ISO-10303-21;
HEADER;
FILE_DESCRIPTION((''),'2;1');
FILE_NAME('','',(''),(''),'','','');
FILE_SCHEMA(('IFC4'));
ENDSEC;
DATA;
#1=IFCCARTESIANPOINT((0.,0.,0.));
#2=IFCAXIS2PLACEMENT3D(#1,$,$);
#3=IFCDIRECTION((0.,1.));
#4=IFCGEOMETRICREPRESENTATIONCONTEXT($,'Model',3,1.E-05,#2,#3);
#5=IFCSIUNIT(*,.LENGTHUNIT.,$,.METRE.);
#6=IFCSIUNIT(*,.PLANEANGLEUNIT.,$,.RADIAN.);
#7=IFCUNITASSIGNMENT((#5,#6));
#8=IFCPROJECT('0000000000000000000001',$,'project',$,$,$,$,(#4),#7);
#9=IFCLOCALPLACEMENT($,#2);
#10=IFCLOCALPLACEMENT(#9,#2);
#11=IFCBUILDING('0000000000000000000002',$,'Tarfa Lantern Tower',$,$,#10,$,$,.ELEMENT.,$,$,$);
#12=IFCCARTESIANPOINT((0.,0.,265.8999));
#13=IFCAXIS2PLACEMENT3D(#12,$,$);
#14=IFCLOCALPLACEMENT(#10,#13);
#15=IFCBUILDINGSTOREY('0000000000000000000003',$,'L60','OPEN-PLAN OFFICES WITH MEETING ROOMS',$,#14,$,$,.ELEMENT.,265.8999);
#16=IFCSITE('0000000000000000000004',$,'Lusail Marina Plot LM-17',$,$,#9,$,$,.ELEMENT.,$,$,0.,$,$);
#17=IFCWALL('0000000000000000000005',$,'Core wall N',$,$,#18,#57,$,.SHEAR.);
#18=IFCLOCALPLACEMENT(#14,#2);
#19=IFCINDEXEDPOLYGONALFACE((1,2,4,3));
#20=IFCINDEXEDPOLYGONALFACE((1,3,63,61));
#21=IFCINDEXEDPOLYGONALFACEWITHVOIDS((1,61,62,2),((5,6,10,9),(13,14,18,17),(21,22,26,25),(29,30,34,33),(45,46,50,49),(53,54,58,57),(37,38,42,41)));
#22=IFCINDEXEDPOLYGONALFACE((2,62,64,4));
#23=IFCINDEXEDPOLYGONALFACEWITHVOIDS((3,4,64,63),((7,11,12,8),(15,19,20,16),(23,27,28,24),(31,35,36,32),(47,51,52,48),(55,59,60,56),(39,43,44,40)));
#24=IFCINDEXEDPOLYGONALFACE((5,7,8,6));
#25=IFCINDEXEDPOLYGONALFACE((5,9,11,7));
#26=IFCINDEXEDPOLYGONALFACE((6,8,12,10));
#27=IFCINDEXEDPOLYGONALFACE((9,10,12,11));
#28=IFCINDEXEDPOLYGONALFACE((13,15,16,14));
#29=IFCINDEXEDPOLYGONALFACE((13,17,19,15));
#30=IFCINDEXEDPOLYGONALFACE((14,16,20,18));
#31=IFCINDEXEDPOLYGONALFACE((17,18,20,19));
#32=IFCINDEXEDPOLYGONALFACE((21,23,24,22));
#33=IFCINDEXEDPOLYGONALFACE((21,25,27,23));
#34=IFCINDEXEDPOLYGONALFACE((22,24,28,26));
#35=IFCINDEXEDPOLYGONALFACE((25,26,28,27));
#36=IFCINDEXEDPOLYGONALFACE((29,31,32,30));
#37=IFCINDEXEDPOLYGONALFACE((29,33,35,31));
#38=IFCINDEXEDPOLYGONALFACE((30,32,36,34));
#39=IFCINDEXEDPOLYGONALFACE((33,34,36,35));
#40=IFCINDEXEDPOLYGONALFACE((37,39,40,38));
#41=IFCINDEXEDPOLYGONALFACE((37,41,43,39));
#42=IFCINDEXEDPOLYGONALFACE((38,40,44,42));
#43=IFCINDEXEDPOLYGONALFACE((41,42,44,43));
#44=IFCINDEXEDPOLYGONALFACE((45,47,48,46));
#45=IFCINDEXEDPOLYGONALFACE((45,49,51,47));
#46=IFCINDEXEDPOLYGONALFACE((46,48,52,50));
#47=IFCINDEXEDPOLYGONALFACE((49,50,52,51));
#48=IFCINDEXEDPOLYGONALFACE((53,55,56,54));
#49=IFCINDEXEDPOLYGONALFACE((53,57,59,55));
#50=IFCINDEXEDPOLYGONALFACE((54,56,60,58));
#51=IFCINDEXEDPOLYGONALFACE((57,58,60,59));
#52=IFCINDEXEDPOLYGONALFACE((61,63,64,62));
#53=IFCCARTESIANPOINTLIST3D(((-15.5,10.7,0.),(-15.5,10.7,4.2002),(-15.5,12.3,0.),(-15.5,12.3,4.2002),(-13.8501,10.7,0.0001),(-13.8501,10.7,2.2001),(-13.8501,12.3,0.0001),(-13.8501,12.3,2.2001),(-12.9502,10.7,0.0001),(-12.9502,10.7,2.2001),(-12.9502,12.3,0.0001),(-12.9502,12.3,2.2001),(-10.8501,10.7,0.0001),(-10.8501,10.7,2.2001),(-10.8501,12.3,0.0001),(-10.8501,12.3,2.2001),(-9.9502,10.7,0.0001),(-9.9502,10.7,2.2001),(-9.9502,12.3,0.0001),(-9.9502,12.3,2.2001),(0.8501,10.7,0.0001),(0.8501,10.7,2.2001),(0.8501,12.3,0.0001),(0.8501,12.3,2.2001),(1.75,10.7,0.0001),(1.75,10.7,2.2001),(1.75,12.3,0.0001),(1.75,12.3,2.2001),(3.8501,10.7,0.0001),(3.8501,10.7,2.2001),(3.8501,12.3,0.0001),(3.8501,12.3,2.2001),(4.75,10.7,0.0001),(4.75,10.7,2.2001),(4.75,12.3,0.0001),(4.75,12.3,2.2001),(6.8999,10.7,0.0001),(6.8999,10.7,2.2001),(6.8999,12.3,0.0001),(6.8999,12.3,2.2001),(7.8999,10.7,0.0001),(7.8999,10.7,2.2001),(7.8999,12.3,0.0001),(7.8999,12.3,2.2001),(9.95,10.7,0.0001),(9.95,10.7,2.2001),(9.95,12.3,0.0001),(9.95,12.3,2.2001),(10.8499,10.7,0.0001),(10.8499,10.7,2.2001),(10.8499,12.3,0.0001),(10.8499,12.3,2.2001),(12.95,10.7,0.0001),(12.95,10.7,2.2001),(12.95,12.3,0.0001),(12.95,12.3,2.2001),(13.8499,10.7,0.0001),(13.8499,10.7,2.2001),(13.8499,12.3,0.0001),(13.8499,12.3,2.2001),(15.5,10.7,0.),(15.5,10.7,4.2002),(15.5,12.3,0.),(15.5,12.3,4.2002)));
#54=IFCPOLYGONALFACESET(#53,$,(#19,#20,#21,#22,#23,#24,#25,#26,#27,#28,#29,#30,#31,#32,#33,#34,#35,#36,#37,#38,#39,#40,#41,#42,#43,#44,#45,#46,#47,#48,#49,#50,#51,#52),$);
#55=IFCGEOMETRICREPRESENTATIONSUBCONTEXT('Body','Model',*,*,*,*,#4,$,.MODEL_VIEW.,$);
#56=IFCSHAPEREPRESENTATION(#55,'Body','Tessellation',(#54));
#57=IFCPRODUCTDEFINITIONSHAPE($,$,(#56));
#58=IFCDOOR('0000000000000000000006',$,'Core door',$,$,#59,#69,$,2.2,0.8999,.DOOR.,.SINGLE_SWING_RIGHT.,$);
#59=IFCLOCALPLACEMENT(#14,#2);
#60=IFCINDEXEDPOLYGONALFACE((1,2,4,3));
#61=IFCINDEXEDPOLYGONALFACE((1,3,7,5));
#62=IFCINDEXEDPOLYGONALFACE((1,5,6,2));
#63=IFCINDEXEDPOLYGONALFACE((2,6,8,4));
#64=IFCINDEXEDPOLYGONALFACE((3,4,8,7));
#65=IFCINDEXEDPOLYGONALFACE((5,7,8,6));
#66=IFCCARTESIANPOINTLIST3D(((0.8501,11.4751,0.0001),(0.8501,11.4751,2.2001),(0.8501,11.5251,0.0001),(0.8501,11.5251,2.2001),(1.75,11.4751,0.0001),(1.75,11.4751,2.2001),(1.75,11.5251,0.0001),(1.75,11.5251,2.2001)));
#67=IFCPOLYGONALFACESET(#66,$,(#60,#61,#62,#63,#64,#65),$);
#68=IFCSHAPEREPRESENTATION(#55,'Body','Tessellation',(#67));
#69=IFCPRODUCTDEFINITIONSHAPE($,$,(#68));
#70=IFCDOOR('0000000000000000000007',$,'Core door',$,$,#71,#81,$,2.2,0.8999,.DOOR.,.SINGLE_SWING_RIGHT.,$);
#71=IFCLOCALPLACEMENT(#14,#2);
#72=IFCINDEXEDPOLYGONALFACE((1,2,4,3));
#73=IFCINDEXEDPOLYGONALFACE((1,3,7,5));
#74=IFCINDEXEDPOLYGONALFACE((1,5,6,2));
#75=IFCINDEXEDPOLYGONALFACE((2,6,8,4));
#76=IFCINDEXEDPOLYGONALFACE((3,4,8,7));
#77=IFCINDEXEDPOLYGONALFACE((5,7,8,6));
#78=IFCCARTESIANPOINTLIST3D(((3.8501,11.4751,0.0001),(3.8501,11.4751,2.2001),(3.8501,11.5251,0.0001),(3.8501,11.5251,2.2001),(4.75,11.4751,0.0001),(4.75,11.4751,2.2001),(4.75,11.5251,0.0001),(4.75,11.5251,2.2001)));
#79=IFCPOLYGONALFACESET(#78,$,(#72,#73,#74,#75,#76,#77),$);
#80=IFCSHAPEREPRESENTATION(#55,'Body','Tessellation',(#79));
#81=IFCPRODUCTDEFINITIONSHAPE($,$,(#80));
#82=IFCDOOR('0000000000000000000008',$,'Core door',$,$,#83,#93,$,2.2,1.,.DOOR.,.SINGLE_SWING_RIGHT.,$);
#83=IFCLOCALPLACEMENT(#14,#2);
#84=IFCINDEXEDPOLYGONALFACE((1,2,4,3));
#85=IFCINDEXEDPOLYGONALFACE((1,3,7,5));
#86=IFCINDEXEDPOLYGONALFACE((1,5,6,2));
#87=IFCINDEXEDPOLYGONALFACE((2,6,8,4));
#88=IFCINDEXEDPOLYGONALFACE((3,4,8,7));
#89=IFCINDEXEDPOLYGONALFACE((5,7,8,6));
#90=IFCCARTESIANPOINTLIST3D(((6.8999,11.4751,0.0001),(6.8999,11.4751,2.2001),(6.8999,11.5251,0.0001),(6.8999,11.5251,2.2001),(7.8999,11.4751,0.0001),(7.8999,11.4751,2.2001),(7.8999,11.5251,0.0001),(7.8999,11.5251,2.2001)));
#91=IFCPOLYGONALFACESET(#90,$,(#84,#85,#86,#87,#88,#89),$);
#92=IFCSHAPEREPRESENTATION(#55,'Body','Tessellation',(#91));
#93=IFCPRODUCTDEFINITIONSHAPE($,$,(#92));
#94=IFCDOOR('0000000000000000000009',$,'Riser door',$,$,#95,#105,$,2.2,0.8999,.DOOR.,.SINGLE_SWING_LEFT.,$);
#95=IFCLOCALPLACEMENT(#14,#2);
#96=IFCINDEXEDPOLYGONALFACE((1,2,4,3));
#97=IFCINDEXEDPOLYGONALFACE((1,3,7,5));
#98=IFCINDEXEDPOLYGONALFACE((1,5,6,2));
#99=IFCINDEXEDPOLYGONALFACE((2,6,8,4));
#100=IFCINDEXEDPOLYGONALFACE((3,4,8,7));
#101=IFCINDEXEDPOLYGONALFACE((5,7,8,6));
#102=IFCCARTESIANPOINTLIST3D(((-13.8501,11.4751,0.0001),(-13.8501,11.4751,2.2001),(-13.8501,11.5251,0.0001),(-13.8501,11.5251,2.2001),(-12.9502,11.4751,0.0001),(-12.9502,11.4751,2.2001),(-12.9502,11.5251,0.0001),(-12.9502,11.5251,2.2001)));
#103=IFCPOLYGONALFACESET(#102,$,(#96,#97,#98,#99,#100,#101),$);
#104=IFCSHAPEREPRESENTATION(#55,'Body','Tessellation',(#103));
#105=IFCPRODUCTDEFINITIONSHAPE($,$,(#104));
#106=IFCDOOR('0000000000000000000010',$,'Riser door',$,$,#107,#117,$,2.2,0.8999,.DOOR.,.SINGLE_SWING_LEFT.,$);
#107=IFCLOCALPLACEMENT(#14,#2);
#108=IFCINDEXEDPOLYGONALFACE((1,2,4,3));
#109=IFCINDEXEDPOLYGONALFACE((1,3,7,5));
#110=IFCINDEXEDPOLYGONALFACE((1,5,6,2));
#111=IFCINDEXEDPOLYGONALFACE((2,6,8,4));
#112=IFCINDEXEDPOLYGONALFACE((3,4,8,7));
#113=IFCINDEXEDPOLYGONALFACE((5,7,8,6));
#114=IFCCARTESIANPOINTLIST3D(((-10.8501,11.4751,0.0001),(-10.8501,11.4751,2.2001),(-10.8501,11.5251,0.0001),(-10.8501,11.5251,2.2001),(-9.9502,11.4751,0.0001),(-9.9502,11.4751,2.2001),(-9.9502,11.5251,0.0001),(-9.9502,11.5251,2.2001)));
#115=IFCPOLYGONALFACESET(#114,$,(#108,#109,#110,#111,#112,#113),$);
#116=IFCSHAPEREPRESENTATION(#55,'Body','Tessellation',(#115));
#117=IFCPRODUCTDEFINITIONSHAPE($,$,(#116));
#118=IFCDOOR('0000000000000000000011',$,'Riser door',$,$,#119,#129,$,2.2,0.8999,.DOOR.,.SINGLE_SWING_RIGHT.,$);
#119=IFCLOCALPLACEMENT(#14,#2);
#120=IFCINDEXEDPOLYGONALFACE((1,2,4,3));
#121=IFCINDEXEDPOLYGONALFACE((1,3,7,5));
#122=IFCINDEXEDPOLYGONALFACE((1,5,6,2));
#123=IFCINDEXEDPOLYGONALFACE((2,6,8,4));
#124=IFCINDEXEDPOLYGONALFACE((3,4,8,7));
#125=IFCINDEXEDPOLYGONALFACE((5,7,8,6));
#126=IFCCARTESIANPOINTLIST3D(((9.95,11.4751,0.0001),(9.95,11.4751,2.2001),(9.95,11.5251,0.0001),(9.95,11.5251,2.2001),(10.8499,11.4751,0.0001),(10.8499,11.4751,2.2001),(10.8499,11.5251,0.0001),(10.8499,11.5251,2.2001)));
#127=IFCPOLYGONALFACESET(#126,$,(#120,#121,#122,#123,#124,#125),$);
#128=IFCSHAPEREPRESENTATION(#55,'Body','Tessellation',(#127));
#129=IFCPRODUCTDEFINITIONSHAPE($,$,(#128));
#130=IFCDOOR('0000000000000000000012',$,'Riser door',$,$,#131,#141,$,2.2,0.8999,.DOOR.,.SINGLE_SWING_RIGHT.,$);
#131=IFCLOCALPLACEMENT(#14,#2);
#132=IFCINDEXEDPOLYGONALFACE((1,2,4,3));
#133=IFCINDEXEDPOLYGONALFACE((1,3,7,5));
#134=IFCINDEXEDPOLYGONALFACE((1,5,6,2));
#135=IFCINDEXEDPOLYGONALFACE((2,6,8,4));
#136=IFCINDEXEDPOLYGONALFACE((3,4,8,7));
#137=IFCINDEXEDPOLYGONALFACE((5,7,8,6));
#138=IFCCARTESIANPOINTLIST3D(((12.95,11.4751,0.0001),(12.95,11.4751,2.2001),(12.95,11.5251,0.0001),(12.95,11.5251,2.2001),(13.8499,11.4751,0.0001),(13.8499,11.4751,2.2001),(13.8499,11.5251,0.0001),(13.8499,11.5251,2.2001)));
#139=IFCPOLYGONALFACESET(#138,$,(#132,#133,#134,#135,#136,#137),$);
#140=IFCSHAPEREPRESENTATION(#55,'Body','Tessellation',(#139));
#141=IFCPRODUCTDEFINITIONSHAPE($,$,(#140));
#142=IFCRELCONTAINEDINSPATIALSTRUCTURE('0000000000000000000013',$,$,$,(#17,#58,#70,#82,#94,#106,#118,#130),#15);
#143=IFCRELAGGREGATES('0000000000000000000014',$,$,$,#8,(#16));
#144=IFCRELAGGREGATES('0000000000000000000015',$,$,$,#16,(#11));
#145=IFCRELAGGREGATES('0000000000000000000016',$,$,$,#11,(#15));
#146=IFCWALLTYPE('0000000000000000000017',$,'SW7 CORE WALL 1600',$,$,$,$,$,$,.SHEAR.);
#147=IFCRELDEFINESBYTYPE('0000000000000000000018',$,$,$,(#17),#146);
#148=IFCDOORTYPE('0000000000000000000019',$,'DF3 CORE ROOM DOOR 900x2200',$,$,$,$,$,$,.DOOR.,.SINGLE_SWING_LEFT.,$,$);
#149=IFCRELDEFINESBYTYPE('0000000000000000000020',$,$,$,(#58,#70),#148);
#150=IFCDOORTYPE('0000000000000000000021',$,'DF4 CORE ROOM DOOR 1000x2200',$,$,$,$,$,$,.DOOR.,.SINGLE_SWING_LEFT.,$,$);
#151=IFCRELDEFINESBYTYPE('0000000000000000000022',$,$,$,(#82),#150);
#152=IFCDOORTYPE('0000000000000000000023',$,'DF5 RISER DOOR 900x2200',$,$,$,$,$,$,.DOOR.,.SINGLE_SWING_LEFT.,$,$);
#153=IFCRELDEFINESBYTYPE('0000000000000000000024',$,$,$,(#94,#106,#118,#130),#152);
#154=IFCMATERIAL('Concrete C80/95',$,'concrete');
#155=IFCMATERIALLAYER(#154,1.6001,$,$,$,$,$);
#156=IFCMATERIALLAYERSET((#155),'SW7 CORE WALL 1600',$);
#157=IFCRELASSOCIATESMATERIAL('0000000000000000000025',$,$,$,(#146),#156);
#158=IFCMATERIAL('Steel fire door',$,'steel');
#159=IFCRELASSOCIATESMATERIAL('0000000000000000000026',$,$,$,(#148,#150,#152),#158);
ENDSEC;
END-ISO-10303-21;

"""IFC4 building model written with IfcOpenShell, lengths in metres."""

from ifc_helpers import new_model, si_unit, direction, frame, frame_2d, origin, place, context, subcontext, project, spatial, rectangle, extrude, material, layer, layer_set, type_object, element, fill, save


model = new_model("IFC4")

# Units and contexts
model_context = context("Model", 3, precision=1e-05, world=origin(), true_north=direction((0.0, 1.0)))
body_context = subcontext(model_context, "Body", "Model", "MODEL_VIEW")
ifc_project = project(units=[si_unit("LENGTHUNIT", "METRE"), si_unit("PLANEANGLEUNIT", "RADIAN")], contexts=[model_context])

# Site, building, storey
site_placement = place(None, origin())
site = spatial("IfcSite", under=ifc_project, at=site_placement, Name="Lusail Marina Plot LM-17", CompositionType="ELEMENT", RefElevation=0.0)
building_placement = place(site_placement, origin())
building = spatial("IfcBuilding", under=site, at=building_placement, Name="Tarfa Lantern Tower", CompositionType="ELEMENT")
storey_placement = place(building_placement, frame((0.0, 0.0, 265.8999)))
storey = spatial("IfcBuildingStorey", under=building, at=storey_placement, Name="L60", Description="OPEN-PLAN OFFICES WITH MEETING ROOMS", CompositionType="ELEMENT", Elevation=265.8999)

# Shared definitions
ifc_material_1 = material(Name="Concrete C80/95", Category="concrete")
ifc_material_2 = material(Name="Steel fire door", Category="steel")

# Wall, openings, doors
ifc_layer_1 = layer(ifc_material_1, 1.6001)
ifc_layer_set_1 = layer_set([ifc_layer_1], Name="SW7 CORE WALL 1600")
wall_type_1 = type_object("IfcWallType", Name="SW7 CORE WALL 1600", PredefinedType="SHEAR", material=ifc_layer_set_1)
wall_1_placement = place(storey_placement, frame((-15.5, 11.5, 0.0), z_axis=(0.0, 0.0, 1.0), x_axis=(1.0, 0.0, 0.0)))
wall_1 = element("IfcWall", 1, at=wall_1_placement, inside=storey, type_object=wall_type_1, Name="Core wall N", PredefinedType="SHEAR", context=body_context, shape_type="SweptSolid", body=[
    extrude(rectangle(XDim=31.0, YDim=1.6001, at=frame_2d((15.5, 0.0))), origin(), (0.0, 0.0, 1.0), 4.2002),
])
opening_1_placement = place(wall_1_placement, frame((16.3501, 0.0, 0.0)))
opening_1 = element("IfcOpeningElement", 2, at=opening_1_placement, cuts=wall_1, PredefinedType="OPENING", context=body_context, shape_type="SweptSolid", body=[
    extrude(rectangle(XDim=0.8999, YDim=2.2, at=frame_2d((0.45, 1.1001))), frame((0.0, 0.8101, 0.0), z_axis=(0.0, -1.0, 0.0), x_axis=(1.0, 0.0, 0.0)), (0.0, 0.0, 1.0), 1.6201),
])
opening_2_placement = place(wall_1_placement, frame((19.3501, 0.0, 0.0)))
opening_2 = element("IfcOpeningElement", 3, at=opening_2_placement, cuts=wall_1, PredefinedType="OPENING", context=body_context, shape_type="SweptSolid", body=[
    extrude(rectangle(XDim=0.8999, YDim=2.2, at=frame_2d((0.45, 1.1001))), frame((0.0, 0.8101, 0.0), z_axis=(0.0, -1.0, 0.0), x_axis=(1.0, 0.0, 0.0)), (0.0, 0.0, 1.0), 1.6201),
])
opening_3_placement = place(wall_1_placement, frame((22.3999, 0.0, 0.0)))
opening_3 = element("IfcOpeningElement", 4, at=opening_3_placement, cuts=wall_1, PredefinedType="OPENING", context=body_context, shape_type="SweptSolid", body=[
    extrude(rectangle(XDim=1.0, YDim=2.2, at=frame_2d((0.5, 1.1001))), frame((0.0, 0.8101, 0.0), z_axis=(0.0, -1.0, 0.0), x_axis=(1.0, 0.0, 0.0)), (0.0, 0.0, 1.0), 1.6201),
])
opening_4_placement = place(wall_1_placement, frame((1.6499, 0.0, 0.0)))
opening_4 = element("IfcOpeningElement", 5, at=opening_4_placement, cuts=wall_1, PredefinedType="OPENING", context=body_context, shape_type="SweptSolid", body=[
    extrude(rectangle(XDim=0.8999, YDim=2.2, at=frame_2d((0.45, 1.1001))), frame((0.0, 0.8101, 0.0), z_axis=(0.0, -1.0, 0.0), x_axis=(1.0, 0.0, 0.0)), (0.0, 0.0, 1.0), 1.6201),
])
opening_5_placement = place(wall_1_placement, frame((4.6499, 0.0, 0.0)))
opening_5 = element("IfcOpeningElement", 6, at=opening_5_placement, cuts=wall_1, PredefinedType="OPENING", context=body_context, shape_type="SweptSolid", body=[
    extrude(rectangle(XDim=0.8999, YDim=2.2, at=frame_2d((0.45, 1.1001))), frame((0.0, 0.8101, 0.0), z_axis=(0.0, -1.0, 0.0), x_axis=(1.0, 0.0, 0.0)), (0.0, 0.0, 1.0), 1.6201),
])
opening_6_placement = place(wall_1_placement, frame((25.45, 0.0, 0.0)))
opening_6 = element("IfcOpeningElement", 7, at=opening_6_placement, cuts=wall_1, PredefinedType="OPENING", context=body_context, shape_type="SweptSolid", body=[
    extrude(rectangle(XDim=0.8999, YDim=2.2, at=frame_2d((0.45, 1.1001))), frame((0.0, 0.8101, 0.0), z_axis=(0.0, -1.0, 0.0), x_axis=(1.0, 0.0, 0.0)), (0.0, 0.0, 1.0), 1.6201),
])
opening_7_placement = place(wall_1_placement, frame((28.45, 0.0, 0.0)))
opening_7 = element("IfcOpeningElement", 8, at=opening_7_placement, cuts=wall_1, PredefinedType="OPENING", context=body_context, shape_type="SweptSolid", body=[
    extrude(rectangle(XDim=0.8999, YDim=2.2, at=frame_2d((0.45, 1.1001))), frame((0.0, 0.8101, 0.0), z_axis=(0.0, -1.0, 0.0), x_axis=(1.0, 0.0, 0.0)), (0.0, 0.0, 1.0), 1.6201),
])
door_type_1 = type_object("IfcDoorType", Name="DF3 CORE ROOM DOOR 900x2200", OperationType="SINGLE_SWING_LEFT", PredefinedType="DOOR", material=ifc_material_2)
door_1_placement = place(opening_1_placement, frame((0.8999, 0.0, 0.0), z_axis=(0.0, 0.0, 1.0), x_axis=(-1.0, 0.0, 0.0)))
door_1 = element("IfcDoor", 9, at=door_1_placement, inside=storey, type_object=door_type_1, Name="Core door", OperationType="SINGLE_SWING_RIGHT", OverallHeight=2.2, OverallWidth=0.8999, PredefinedType="DOOR", context=body_context, shape_type="SweptSolid", body=[
    extrude(rectangle(XDim=0.8999, YDim=2.2, at=frame_2d((0.45, 1.1001))), frame((0.0, 0.0249, 0.0), z_axis=(0.0, -1.0, 0.0), x_axis=(1.0, 0.0, 0.0)), (0.0, 0.0, 1.0), 0.05),
])
fill(opening_1, door_1)
door_2_placement = place(opening_2_placement, frame((0.8999, 0.0, 0.0), z_axis=(0.0, 0.0, 1.0), x_axis=(-1.0, 0.0, 0.0)))
door_2 = element("IfcDoor", 10, at=door_2_placement, inside=storey, type_object=door_type_1, Name="Core door", OperationType="SINGLE_SWING_RIGHT", OverallHeight=2.2, OverallWidth=0.8999, PredefinedType="DOOR", context=body_context, shape_type="SweptSolid", body=[
    extrude(rectangle(XDim=0.8999, YDim=2.2, at=frame_2d((0.45, 1.1001))), frame((0.0, 0.0249, 0.0), z_axis=(0.0, -1.0, 0.0), x_axis=(1.0, 0.0, 0.0)), (0.0, 0.0, 1.0), 0.05),
])
fill(opening_2, door_2)
door_type_2 = type_object("IfcDoorType", Name="DF4 CORE ROOM DOOR 1000x2200", OperationType="SINGLE_SWING_LEFT", PredefinedType="DOOR", material=ifc_material_2)
door_3_placement = place(opening_3_placement, frame((1.0, 0.0, 0.0), z_axis=(0.0, 0.0, 1.0), x_axis=(-1.0, 0.0, 0.0)))
door_3 = element("IfcDoor", 11, at=door_3_placement, inside=storey, type_object=door_type_2, Name="Core door", OperationType="SINGLE_SWING_RIGHT", OverallHeight=2.2, OverallWidth=1.0, PredefinedType="DOOR", context=body_context, shape_type="SweptSolid", body=[
    extrude(rectangle(XDim=1.0, YDim=2.2, at=frame_2d((0.5, 1.1001))), frame((0.0, 0.0249, 0.0), z_axis=(0.0, -1.0, 0.0), x_axis=(1.0, 0.0, 0.0)), (0.0, 0.0, 1.0), 0.05),
])
fill(opening_3, door_3)
door_type_3 = type_object("IfcDoorType", Name="DF5 RISER DOOR 900x2200", OperationType="SINGLE_SWING_LEFT", PredefinedType="DOOR", material=ifc_material_2)
door_4_placement = place(opening_4_placement, frame((0.8999, 0.0, 0.0), z_axis=(0.0, 0.0, 1.0), x_axis=(-1.0, 0.0, 0.0)))
door_4 = element("IfcDoor", 12, at=door_4_placement, inside=storey, type_object=door_type_3, Name="Riser door", OperationType="SINGLE_SWING_LEFT", OverallHeight=2.2, OverallWidth=0.8999, PredefinedType="DOOR", context=body_context, shape_type="SweptSolid", body=[
    extrude(rectangle(XDim=0.8999, YDim=2.2, at=frame_2d((0.45, 1.1001))), frame((0.0, 0.0249, 0.0), z_axis=(0.0, -1.0, 0.0), x_axis=(1.0, 0.0, 0.0)), (0.0, 0.0, 1.0), 0.05),
])
fill(opening_4, door_4)
door_5_placement = place(opening_5_placement, frame((0.8999, 0.0, 0.0), z_axis=(0.0, 0.0, 1.0), x_axis=(-1.0, 0.0, 0.0)))
door_5 = element("IfcDoor", 13, at=door_5_placement, inside=storey, type_object=door_type_3, Name="Riser door", OperationType="SINGLE_SWING_LEFT", OverallHeight=2.2, OverallWidth=0.8999, PredefinedType="DOOR", context=body_context, shape_type="SweptSolid", body=[
    extrude(rectangle(XDim=0.8999, YDim=2.2, at=frame_2d((0.45, 1.1001))), frame((0.0, 0.0249, 0.0), z_axis=(0.0, -1.0, 0.0), x_axis=(1.0, 0.0, 0.0)), (0.0, 0.0, 1.0), 0.05),
])
fill(opening_5, door_5)
door_6_placement = place(opening_6_placement, frame((0.8999, 0.0, 0.0), z_axis=(0.0, 0.0, 1.0), x_axis=(-1.0, 0.0, 0.0)))
door_6 = element("IfcDoor", 14, at=door_6_placement, inside=storey, type_object=door_type_3, Name="Riser door", OperationType="SINGLE_SWING_RIGHT", OverallHeight=2.2, OverallWidth=0.8999, PredefinedType="DOOR", context=body_context, shape_type="SweptSolid", body=[
    extrude(rectangle(XDim=0.8999, YDim=2.2, at=frame_2d((0.45, 1.1001))), frame((0.0, 0.0249, 0.0), z_axis=(0.0, -1.0, 0.0), x_axis=(1.0, 0.0, 0.0)), (0.0, 0.0, 1.0), 0.05),
])
fill(opening_6, door_6)
door_7_placement = place(opening_7_placement, frame((0.8999, 0.0, 0.0), z_axis=(0.0, 0.0, 1.0), x_axis=(-1.0, 0.0, 0.0)))
door_7 = element("IfcDoor", 15, at=door_7_placement, inside=storey, type_object=door_type_3, Name="Riser door", OperationType="SINGLE_SWING_RIGHT", OverallHeight=2.2, OverallWidth=0.8999, PredefinedType="DOOR", context=body_context, shape_type="SweptSolid", body=[
    extrude(rectangle(XDim=0.8999, YDim=2.2, at=frame_2d((0.45, 1.1001))), frame((0.0, 0.0249, 0.0), z_axis=(0.0, -1.0, 0.0), x_axis=(1.0, 0.0, 0.0)), (0.0, 0.0, 1.0), 0.05),
])
fill(opening_7, door_7)

save(model, "model.ifc")
